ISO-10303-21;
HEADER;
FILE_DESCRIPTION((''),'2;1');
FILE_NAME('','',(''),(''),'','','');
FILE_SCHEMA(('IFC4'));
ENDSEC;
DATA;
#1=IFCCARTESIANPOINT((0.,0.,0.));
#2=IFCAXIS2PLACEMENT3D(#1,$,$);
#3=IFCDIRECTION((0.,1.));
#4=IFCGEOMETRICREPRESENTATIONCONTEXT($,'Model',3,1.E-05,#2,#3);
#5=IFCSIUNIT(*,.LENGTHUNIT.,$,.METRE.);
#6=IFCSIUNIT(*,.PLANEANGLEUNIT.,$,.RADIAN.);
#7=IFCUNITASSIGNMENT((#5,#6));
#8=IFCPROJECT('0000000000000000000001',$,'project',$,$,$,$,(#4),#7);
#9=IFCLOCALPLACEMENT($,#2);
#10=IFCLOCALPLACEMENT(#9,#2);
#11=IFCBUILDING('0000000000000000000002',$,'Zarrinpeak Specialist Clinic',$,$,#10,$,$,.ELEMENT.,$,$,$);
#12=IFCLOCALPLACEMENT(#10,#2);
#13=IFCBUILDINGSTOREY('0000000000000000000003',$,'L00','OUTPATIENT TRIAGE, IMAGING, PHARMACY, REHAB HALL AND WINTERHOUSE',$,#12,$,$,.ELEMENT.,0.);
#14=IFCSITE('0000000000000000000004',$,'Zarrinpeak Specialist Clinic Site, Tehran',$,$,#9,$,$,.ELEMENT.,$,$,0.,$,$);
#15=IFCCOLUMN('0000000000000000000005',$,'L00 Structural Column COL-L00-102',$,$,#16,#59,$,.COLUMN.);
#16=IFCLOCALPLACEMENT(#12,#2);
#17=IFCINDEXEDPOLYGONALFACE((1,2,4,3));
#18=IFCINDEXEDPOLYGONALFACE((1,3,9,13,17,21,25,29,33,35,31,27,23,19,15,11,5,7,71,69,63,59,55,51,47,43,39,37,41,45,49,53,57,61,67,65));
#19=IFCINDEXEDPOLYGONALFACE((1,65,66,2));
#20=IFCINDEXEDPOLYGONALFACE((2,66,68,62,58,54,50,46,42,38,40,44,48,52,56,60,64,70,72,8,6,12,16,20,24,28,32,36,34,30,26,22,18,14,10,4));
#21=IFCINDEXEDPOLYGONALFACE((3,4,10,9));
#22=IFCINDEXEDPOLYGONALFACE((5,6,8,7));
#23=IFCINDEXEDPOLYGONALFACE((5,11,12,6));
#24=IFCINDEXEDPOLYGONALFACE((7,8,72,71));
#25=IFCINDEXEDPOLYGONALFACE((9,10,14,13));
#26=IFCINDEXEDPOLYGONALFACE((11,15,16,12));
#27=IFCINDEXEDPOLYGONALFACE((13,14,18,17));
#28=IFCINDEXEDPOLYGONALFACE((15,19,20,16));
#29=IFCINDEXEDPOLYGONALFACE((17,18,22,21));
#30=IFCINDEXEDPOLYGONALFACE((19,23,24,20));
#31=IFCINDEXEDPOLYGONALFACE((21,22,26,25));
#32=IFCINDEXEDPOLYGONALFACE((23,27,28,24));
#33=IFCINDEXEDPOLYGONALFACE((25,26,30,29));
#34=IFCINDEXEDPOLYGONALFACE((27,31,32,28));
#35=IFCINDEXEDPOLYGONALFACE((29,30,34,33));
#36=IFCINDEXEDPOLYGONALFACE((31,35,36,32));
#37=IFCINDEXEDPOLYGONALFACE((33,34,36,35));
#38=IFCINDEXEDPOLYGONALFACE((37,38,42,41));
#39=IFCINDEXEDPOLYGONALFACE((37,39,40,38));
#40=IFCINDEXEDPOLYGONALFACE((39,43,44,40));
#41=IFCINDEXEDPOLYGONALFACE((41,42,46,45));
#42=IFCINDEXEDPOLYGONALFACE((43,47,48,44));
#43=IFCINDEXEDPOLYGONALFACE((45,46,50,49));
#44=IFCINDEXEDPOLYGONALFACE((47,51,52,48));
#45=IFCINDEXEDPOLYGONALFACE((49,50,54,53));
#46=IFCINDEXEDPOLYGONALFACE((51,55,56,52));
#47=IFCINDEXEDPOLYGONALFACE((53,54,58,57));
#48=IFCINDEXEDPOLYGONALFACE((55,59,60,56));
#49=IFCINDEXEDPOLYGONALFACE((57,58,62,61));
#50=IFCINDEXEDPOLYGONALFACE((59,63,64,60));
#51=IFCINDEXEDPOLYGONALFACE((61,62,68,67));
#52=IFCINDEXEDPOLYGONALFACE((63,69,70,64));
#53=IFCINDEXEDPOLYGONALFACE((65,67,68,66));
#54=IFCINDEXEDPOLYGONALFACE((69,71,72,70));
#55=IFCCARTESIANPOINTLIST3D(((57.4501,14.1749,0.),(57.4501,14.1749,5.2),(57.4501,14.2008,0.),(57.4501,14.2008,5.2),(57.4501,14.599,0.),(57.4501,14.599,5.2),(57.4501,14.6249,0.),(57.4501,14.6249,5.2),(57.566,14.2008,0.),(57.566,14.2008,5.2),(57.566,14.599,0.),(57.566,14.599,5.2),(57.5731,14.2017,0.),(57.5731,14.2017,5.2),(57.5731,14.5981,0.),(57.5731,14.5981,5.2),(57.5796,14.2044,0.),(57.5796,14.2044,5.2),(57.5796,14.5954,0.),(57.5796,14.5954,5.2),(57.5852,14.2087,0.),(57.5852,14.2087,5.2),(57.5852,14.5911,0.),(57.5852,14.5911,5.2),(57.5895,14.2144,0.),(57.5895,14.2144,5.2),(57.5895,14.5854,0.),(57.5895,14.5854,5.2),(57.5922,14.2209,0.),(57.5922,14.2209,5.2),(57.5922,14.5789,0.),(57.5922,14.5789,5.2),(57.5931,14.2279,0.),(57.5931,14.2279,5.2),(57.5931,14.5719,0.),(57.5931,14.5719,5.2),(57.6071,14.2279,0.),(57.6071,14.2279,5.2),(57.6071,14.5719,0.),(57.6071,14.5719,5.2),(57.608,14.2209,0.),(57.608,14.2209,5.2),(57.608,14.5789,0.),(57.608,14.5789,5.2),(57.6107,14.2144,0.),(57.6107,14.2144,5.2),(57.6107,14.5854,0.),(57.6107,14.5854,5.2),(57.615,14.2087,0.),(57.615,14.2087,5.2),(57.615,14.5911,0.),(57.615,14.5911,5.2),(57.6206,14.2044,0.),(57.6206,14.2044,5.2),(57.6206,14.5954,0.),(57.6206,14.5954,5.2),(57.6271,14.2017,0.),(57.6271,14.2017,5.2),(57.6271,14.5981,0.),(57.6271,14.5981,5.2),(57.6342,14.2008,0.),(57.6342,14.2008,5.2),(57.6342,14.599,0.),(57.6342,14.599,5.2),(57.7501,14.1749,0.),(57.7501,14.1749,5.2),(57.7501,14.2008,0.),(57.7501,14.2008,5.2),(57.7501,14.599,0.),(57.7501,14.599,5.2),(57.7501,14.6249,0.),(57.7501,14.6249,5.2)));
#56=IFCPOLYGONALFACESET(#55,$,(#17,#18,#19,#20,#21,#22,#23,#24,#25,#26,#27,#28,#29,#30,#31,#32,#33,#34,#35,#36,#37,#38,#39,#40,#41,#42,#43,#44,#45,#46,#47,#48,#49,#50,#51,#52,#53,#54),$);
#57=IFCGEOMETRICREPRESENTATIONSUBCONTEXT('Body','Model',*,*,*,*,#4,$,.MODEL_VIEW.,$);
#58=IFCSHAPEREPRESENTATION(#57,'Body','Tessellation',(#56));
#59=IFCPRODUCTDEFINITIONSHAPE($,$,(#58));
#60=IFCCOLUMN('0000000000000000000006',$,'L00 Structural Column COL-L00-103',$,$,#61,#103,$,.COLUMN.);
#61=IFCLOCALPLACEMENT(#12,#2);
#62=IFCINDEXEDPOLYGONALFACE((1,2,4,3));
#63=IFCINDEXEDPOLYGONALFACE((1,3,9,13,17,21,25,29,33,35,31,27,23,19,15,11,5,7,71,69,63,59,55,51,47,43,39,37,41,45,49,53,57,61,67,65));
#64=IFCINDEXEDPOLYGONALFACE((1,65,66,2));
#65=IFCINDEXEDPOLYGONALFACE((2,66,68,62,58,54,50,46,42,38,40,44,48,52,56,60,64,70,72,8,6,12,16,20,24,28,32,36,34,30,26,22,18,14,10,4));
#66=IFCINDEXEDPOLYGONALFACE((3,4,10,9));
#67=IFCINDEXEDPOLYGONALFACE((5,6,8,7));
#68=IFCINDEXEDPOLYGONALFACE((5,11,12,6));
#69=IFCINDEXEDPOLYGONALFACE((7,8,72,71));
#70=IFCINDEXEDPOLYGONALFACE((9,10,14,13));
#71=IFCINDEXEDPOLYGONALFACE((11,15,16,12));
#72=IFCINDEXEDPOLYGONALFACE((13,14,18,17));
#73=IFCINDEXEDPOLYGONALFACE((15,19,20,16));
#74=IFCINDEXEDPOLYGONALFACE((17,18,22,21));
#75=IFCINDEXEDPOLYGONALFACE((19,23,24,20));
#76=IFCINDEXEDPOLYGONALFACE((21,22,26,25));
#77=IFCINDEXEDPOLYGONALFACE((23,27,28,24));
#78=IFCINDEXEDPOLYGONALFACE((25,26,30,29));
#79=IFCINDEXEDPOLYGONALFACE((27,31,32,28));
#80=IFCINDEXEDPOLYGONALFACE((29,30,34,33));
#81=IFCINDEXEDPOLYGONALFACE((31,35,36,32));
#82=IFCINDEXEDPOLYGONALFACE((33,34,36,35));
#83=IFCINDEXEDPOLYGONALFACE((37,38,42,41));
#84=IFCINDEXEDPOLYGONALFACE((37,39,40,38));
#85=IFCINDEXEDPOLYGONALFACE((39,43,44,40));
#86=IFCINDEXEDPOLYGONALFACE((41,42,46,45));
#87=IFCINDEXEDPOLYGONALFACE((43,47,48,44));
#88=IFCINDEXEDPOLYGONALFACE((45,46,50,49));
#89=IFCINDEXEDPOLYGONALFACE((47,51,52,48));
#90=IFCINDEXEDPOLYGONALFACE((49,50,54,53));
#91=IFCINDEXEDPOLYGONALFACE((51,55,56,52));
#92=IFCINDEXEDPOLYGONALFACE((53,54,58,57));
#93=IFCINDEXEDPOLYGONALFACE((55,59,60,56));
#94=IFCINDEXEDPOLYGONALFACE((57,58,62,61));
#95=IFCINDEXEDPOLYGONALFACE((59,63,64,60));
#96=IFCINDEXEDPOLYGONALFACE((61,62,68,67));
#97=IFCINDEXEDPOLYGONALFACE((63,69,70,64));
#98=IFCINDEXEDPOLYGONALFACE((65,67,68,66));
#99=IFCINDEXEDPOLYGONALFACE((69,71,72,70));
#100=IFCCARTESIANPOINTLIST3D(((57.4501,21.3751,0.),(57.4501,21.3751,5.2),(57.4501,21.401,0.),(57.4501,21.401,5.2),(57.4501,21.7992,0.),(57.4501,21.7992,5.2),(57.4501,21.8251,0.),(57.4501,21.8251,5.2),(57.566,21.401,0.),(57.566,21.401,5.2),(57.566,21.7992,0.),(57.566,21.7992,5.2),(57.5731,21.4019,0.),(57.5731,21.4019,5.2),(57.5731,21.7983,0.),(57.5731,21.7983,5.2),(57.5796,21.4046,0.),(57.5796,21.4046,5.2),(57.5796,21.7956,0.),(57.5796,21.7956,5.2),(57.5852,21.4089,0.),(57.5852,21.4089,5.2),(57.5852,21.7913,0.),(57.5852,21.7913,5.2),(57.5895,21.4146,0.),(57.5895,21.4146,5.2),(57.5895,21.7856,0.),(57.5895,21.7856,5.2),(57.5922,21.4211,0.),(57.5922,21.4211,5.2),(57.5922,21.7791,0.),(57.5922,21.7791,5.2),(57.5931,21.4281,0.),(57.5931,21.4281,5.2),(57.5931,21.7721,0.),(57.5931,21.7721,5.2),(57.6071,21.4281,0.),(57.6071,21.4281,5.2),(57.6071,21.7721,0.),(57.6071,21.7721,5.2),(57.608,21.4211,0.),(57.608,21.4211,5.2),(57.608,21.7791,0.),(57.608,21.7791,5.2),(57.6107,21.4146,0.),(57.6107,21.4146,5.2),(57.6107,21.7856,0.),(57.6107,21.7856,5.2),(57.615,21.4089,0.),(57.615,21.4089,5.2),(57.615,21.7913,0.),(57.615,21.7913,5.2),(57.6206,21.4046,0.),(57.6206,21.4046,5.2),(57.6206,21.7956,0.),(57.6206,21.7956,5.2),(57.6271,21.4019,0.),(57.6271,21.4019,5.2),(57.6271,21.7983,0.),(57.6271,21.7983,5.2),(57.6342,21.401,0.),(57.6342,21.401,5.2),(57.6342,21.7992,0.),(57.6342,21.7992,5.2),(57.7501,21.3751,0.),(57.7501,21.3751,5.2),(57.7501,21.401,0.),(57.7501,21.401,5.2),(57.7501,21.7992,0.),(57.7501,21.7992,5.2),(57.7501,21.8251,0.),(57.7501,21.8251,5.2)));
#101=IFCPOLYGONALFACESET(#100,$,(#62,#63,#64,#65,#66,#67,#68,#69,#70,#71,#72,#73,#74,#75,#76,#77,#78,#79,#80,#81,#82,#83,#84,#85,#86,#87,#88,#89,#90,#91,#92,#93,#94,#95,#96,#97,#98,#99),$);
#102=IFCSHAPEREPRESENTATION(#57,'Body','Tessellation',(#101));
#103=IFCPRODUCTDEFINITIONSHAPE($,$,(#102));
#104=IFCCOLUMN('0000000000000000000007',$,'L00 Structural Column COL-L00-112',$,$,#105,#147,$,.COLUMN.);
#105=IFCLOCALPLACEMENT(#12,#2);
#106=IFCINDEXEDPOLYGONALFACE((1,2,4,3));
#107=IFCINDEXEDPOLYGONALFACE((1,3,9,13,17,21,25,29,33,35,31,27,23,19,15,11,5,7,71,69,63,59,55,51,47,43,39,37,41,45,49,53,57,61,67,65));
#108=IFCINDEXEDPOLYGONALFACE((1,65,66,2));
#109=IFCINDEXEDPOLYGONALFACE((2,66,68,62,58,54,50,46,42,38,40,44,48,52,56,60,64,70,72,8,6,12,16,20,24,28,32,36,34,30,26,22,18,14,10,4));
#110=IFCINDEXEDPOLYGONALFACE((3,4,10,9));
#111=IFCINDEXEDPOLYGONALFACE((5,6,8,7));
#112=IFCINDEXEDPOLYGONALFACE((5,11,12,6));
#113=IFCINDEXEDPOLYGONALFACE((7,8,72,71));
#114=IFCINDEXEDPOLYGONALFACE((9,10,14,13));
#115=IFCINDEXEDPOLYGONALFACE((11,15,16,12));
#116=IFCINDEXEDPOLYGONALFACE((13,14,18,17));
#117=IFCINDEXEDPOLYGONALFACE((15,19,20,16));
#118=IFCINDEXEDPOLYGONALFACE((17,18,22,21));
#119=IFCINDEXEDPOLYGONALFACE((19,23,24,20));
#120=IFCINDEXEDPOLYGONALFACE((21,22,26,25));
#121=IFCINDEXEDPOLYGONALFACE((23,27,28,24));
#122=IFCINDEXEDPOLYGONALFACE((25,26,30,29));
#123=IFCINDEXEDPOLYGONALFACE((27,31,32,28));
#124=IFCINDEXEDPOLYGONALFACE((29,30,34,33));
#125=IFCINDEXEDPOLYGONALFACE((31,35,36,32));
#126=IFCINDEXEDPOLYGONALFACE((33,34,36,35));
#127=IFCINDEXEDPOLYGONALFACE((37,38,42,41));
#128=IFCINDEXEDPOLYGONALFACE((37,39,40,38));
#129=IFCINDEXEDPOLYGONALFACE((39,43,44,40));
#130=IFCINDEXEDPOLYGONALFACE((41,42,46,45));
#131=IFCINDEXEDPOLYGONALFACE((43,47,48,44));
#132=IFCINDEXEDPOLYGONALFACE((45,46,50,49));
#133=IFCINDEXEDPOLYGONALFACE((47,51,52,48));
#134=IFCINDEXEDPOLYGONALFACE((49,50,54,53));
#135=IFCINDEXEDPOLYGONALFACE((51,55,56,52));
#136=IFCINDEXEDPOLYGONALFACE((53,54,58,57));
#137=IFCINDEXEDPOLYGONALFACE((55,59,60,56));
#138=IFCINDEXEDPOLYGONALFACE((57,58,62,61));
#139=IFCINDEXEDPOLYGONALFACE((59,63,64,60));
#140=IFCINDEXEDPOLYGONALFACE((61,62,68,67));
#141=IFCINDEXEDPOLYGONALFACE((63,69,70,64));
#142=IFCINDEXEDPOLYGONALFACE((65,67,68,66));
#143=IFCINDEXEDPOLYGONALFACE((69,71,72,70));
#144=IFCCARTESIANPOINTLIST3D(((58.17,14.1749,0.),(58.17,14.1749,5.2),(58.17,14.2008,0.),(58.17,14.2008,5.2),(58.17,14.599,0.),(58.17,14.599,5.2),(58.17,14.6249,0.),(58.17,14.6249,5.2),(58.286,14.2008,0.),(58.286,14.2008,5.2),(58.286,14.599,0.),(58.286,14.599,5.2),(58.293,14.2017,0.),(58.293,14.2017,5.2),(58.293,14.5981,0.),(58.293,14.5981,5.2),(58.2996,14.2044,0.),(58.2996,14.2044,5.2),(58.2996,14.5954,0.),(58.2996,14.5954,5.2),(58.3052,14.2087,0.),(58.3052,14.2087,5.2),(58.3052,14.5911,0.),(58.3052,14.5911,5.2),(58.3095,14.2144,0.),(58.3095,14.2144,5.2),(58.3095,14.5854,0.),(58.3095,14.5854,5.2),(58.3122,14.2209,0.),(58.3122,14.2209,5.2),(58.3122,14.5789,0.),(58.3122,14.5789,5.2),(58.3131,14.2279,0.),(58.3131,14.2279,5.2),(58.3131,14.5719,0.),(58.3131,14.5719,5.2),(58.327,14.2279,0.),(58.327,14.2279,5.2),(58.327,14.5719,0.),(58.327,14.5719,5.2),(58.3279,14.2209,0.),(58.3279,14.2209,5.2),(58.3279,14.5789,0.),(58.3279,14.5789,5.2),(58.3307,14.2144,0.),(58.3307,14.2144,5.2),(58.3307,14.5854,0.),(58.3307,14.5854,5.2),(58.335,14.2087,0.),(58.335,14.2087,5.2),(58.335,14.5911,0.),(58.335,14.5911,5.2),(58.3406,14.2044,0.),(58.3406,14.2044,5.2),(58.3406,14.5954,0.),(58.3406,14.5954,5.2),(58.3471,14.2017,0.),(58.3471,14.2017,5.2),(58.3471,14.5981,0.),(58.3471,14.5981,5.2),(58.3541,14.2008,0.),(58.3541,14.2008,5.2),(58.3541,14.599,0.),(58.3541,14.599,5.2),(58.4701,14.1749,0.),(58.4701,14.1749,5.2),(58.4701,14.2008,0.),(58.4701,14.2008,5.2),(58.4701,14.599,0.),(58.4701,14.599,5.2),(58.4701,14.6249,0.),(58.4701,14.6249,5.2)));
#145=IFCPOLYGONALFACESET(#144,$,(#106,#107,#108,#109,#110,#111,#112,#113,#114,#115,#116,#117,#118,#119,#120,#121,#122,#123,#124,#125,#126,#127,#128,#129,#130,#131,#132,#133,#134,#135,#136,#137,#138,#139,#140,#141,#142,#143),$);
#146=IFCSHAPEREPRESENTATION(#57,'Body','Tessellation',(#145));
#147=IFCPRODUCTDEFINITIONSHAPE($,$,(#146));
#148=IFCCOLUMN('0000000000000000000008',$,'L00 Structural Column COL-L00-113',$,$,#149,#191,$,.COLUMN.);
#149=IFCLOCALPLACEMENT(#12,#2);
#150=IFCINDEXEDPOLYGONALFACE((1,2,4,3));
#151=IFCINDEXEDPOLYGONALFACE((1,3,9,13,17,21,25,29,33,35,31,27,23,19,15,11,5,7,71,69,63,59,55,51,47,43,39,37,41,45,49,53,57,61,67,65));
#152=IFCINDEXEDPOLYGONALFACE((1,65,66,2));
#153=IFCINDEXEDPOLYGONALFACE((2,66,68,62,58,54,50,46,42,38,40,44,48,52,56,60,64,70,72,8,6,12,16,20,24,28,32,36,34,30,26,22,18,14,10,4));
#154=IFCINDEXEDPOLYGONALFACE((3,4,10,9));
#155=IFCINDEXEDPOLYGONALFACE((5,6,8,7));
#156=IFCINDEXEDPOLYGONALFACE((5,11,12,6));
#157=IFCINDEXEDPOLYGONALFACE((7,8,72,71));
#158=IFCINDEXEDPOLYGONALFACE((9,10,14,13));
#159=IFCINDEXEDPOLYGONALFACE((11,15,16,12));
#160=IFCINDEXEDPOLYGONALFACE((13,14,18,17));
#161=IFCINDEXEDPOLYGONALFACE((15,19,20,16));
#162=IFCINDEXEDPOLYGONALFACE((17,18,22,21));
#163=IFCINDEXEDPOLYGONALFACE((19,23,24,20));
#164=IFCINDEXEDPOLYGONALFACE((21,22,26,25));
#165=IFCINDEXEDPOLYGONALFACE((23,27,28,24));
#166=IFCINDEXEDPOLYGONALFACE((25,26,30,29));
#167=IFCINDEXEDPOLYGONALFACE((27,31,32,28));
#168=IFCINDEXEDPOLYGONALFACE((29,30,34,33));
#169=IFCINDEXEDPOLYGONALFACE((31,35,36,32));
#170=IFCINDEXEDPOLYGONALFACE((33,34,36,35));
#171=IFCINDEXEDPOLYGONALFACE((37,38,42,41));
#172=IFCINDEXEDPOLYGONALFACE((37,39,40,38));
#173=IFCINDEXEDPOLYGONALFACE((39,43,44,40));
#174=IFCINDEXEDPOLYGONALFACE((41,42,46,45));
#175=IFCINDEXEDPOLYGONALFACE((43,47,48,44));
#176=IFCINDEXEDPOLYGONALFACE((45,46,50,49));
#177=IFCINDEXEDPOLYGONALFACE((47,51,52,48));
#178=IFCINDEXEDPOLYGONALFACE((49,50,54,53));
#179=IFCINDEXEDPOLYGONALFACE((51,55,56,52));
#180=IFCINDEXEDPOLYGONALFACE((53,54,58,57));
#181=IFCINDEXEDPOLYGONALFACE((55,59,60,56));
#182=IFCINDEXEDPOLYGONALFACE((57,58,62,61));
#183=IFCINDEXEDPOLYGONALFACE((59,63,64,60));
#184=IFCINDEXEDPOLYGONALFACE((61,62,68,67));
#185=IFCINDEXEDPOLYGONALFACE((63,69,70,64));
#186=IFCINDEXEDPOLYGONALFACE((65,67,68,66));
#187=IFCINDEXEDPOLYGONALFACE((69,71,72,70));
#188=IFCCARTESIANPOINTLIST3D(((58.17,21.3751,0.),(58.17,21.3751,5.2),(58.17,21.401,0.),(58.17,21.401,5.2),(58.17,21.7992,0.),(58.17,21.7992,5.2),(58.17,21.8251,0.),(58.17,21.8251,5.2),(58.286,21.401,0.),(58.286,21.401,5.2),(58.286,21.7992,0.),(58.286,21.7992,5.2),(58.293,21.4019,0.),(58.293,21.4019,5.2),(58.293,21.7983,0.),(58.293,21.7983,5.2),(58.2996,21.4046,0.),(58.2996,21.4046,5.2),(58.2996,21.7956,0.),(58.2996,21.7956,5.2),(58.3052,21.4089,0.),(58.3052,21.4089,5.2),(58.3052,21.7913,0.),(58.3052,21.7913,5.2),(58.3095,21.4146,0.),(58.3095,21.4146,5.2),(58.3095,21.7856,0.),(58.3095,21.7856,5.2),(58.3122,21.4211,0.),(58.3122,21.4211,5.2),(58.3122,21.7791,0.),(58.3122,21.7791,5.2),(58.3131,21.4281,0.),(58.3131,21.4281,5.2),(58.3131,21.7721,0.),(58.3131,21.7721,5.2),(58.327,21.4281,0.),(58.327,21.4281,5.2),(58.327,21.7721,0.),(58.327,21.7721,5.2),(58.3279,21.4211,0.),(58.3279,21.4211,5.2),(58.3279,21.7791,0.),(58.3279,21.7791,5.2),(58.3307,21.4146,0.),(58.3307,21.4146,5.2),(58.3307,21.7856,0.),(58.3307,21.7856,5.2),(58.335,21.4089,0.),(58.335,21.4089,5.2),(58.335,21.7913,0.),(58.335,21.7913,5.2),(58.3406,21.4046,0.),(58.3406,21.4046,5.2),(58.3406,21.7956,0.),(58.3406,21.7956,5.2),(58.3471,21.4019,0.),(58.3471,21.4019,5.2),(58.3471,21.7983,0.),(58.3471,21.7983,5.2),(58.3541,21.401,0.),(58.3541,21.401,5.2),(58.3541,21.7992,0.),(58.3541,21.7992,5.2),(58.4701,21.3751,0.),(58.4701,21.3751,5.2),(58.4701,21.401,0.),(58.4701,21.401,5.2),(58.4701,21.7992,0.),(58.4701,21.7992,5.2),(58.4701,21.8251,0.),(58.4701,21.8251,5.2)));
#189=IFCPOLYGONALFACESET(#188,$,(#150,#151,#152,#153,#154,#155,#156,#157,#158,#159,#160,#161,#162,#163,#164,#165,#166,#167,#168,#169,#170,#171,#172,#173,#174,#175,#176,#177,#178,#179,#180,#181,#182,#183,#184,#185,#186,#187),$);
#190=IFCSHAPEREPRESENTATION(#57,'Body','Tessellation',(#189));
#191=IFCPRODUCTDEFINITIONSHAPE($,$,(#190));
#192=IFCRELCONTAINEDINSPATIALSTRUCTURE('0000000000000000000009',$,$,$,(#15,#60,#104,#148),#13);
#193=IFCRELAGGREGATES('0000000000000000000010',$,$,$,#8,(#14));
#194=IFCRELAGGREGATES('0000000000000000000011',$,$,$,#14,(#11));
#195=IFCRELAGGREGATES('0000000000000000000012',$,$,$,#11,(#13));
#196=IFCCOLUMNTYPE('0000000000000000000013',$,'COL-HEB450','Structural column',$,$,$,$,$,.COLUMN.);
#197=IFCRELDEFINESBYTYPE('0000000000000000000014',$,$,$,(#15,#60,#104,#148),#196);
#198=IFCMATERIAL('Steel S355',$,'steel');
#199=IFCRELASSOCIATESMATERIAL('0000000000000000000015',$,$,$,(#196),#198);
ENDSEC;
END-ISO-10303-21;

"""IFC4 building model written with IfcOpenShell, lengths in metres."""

from ifc_helpers import new_model, si_unit, direction, frame, origin, origin_2d, place, context, subcontext, project, spatial, i_section, extrude, material, material_profile, profile_set, type_object, element, save


model = new_model("IFC4")

# Units and contexts
model_context = context("Model", 3, precision=1e-05, world=origin(), true_north=direction((0.0, 1.0)))
body_context = subcontext(model_context, "Body", "Model", "MODEL_VIEW")
ifc_project = project(units=[si_unit("LENGTHUNIT", "METRE"), si_unit("PLANEANGLEUNIT", "RADIAN")], contexts=[model_context])

# Site, building, storey
site_placement = place(None, origin())
site = spatial("IfcSite", under=ifc_project, at=site_placement, Name="Zarrinpeak Specialist Clinic Site, Tehran", CompositionType="ELEMENT", RefElevation=0.0)
building_placement = place(site_placement, origin())
building = spatial("IfcBuilding", under=site, at=building_placement, Name="Zarrinpeak Specialist Clinic", CompositionType="ELEMENT")
storey_placement = place(building_placement, origin())
storey = spatial("IfcBuildingStorey", under=building, at=storey_placement, Name="L00", Description="OUTPATIENT TRIAGE, IMAGING, PHARMACY, REHAB HALL AND WINTERHOUSE", CompositionType="ELEMENT", Elevation=0.0)

# Columns
ifc_material_1 = material(Name="Steel S355", Category="steel")
ifc_material_profile_1 = material_profile(ifc_material_1, i_section(OverallWidth=0.3, OverallDepth=0.45, WebThickness=0.0139, FlangeThickness=0.0259, FilletRadius=0.0271, at=origin_2d()), Name="HEB 450")
ifc_profile_set_1 = profile_set([ifc_material_profile_1], Name="Steel S355")
column_type = type_object("IfcColumnType", Name="COL-HEB450", Description="Structural column", PredefinedType="COLUMN", material=ifc_profile_set_1)
for number, where, z_axis, x_axis, name in (
    (1, (57.6001, 14.3999, 0.0), (0.0, 0.0, 1.0), (1.0, 0.0, 0.0), "L00 Structural Column COL-L00-102"),
    (2, (57.6001, 21.6001, 0.0), (0.0, 0.0, 1.0), (1.0, 0.0, 0.0), "L00 Structural Column COL-L00-103"),
    (3, (58.3201, 14.3999, 0.0), (0.0, 0.0, 1.0), (1.0, 0.0, 0.0), "L00 Structural Column COL-L00-112"),
    (4, (58.3201, 21.6001, 0.0), (0.0, 0.0, 1.0), (1.0, 0.0, 0.0), "L00 Structural Column COL-L00-113"),
):
    element("IfcColumn", number, at=place(storey_placement, frame(where, z_axis=z_axis, x_axis=x_axis)), inside=storey, type_object=column_type, Name=name, PredefinedType="COLUMN", context=body_context, shape_type="SweptSolid", body=[
        extrude(i_section(OverallWidth=0.3, OverallDepth=0.45, WebThickness=0.0139, FlangeThickness=0.0259, FilletRadius=0.0271, at=origin_2d()), origin(), (0.0, 0.0, 1.0), 5.2),
    ])

save(model, "model.ifc")
